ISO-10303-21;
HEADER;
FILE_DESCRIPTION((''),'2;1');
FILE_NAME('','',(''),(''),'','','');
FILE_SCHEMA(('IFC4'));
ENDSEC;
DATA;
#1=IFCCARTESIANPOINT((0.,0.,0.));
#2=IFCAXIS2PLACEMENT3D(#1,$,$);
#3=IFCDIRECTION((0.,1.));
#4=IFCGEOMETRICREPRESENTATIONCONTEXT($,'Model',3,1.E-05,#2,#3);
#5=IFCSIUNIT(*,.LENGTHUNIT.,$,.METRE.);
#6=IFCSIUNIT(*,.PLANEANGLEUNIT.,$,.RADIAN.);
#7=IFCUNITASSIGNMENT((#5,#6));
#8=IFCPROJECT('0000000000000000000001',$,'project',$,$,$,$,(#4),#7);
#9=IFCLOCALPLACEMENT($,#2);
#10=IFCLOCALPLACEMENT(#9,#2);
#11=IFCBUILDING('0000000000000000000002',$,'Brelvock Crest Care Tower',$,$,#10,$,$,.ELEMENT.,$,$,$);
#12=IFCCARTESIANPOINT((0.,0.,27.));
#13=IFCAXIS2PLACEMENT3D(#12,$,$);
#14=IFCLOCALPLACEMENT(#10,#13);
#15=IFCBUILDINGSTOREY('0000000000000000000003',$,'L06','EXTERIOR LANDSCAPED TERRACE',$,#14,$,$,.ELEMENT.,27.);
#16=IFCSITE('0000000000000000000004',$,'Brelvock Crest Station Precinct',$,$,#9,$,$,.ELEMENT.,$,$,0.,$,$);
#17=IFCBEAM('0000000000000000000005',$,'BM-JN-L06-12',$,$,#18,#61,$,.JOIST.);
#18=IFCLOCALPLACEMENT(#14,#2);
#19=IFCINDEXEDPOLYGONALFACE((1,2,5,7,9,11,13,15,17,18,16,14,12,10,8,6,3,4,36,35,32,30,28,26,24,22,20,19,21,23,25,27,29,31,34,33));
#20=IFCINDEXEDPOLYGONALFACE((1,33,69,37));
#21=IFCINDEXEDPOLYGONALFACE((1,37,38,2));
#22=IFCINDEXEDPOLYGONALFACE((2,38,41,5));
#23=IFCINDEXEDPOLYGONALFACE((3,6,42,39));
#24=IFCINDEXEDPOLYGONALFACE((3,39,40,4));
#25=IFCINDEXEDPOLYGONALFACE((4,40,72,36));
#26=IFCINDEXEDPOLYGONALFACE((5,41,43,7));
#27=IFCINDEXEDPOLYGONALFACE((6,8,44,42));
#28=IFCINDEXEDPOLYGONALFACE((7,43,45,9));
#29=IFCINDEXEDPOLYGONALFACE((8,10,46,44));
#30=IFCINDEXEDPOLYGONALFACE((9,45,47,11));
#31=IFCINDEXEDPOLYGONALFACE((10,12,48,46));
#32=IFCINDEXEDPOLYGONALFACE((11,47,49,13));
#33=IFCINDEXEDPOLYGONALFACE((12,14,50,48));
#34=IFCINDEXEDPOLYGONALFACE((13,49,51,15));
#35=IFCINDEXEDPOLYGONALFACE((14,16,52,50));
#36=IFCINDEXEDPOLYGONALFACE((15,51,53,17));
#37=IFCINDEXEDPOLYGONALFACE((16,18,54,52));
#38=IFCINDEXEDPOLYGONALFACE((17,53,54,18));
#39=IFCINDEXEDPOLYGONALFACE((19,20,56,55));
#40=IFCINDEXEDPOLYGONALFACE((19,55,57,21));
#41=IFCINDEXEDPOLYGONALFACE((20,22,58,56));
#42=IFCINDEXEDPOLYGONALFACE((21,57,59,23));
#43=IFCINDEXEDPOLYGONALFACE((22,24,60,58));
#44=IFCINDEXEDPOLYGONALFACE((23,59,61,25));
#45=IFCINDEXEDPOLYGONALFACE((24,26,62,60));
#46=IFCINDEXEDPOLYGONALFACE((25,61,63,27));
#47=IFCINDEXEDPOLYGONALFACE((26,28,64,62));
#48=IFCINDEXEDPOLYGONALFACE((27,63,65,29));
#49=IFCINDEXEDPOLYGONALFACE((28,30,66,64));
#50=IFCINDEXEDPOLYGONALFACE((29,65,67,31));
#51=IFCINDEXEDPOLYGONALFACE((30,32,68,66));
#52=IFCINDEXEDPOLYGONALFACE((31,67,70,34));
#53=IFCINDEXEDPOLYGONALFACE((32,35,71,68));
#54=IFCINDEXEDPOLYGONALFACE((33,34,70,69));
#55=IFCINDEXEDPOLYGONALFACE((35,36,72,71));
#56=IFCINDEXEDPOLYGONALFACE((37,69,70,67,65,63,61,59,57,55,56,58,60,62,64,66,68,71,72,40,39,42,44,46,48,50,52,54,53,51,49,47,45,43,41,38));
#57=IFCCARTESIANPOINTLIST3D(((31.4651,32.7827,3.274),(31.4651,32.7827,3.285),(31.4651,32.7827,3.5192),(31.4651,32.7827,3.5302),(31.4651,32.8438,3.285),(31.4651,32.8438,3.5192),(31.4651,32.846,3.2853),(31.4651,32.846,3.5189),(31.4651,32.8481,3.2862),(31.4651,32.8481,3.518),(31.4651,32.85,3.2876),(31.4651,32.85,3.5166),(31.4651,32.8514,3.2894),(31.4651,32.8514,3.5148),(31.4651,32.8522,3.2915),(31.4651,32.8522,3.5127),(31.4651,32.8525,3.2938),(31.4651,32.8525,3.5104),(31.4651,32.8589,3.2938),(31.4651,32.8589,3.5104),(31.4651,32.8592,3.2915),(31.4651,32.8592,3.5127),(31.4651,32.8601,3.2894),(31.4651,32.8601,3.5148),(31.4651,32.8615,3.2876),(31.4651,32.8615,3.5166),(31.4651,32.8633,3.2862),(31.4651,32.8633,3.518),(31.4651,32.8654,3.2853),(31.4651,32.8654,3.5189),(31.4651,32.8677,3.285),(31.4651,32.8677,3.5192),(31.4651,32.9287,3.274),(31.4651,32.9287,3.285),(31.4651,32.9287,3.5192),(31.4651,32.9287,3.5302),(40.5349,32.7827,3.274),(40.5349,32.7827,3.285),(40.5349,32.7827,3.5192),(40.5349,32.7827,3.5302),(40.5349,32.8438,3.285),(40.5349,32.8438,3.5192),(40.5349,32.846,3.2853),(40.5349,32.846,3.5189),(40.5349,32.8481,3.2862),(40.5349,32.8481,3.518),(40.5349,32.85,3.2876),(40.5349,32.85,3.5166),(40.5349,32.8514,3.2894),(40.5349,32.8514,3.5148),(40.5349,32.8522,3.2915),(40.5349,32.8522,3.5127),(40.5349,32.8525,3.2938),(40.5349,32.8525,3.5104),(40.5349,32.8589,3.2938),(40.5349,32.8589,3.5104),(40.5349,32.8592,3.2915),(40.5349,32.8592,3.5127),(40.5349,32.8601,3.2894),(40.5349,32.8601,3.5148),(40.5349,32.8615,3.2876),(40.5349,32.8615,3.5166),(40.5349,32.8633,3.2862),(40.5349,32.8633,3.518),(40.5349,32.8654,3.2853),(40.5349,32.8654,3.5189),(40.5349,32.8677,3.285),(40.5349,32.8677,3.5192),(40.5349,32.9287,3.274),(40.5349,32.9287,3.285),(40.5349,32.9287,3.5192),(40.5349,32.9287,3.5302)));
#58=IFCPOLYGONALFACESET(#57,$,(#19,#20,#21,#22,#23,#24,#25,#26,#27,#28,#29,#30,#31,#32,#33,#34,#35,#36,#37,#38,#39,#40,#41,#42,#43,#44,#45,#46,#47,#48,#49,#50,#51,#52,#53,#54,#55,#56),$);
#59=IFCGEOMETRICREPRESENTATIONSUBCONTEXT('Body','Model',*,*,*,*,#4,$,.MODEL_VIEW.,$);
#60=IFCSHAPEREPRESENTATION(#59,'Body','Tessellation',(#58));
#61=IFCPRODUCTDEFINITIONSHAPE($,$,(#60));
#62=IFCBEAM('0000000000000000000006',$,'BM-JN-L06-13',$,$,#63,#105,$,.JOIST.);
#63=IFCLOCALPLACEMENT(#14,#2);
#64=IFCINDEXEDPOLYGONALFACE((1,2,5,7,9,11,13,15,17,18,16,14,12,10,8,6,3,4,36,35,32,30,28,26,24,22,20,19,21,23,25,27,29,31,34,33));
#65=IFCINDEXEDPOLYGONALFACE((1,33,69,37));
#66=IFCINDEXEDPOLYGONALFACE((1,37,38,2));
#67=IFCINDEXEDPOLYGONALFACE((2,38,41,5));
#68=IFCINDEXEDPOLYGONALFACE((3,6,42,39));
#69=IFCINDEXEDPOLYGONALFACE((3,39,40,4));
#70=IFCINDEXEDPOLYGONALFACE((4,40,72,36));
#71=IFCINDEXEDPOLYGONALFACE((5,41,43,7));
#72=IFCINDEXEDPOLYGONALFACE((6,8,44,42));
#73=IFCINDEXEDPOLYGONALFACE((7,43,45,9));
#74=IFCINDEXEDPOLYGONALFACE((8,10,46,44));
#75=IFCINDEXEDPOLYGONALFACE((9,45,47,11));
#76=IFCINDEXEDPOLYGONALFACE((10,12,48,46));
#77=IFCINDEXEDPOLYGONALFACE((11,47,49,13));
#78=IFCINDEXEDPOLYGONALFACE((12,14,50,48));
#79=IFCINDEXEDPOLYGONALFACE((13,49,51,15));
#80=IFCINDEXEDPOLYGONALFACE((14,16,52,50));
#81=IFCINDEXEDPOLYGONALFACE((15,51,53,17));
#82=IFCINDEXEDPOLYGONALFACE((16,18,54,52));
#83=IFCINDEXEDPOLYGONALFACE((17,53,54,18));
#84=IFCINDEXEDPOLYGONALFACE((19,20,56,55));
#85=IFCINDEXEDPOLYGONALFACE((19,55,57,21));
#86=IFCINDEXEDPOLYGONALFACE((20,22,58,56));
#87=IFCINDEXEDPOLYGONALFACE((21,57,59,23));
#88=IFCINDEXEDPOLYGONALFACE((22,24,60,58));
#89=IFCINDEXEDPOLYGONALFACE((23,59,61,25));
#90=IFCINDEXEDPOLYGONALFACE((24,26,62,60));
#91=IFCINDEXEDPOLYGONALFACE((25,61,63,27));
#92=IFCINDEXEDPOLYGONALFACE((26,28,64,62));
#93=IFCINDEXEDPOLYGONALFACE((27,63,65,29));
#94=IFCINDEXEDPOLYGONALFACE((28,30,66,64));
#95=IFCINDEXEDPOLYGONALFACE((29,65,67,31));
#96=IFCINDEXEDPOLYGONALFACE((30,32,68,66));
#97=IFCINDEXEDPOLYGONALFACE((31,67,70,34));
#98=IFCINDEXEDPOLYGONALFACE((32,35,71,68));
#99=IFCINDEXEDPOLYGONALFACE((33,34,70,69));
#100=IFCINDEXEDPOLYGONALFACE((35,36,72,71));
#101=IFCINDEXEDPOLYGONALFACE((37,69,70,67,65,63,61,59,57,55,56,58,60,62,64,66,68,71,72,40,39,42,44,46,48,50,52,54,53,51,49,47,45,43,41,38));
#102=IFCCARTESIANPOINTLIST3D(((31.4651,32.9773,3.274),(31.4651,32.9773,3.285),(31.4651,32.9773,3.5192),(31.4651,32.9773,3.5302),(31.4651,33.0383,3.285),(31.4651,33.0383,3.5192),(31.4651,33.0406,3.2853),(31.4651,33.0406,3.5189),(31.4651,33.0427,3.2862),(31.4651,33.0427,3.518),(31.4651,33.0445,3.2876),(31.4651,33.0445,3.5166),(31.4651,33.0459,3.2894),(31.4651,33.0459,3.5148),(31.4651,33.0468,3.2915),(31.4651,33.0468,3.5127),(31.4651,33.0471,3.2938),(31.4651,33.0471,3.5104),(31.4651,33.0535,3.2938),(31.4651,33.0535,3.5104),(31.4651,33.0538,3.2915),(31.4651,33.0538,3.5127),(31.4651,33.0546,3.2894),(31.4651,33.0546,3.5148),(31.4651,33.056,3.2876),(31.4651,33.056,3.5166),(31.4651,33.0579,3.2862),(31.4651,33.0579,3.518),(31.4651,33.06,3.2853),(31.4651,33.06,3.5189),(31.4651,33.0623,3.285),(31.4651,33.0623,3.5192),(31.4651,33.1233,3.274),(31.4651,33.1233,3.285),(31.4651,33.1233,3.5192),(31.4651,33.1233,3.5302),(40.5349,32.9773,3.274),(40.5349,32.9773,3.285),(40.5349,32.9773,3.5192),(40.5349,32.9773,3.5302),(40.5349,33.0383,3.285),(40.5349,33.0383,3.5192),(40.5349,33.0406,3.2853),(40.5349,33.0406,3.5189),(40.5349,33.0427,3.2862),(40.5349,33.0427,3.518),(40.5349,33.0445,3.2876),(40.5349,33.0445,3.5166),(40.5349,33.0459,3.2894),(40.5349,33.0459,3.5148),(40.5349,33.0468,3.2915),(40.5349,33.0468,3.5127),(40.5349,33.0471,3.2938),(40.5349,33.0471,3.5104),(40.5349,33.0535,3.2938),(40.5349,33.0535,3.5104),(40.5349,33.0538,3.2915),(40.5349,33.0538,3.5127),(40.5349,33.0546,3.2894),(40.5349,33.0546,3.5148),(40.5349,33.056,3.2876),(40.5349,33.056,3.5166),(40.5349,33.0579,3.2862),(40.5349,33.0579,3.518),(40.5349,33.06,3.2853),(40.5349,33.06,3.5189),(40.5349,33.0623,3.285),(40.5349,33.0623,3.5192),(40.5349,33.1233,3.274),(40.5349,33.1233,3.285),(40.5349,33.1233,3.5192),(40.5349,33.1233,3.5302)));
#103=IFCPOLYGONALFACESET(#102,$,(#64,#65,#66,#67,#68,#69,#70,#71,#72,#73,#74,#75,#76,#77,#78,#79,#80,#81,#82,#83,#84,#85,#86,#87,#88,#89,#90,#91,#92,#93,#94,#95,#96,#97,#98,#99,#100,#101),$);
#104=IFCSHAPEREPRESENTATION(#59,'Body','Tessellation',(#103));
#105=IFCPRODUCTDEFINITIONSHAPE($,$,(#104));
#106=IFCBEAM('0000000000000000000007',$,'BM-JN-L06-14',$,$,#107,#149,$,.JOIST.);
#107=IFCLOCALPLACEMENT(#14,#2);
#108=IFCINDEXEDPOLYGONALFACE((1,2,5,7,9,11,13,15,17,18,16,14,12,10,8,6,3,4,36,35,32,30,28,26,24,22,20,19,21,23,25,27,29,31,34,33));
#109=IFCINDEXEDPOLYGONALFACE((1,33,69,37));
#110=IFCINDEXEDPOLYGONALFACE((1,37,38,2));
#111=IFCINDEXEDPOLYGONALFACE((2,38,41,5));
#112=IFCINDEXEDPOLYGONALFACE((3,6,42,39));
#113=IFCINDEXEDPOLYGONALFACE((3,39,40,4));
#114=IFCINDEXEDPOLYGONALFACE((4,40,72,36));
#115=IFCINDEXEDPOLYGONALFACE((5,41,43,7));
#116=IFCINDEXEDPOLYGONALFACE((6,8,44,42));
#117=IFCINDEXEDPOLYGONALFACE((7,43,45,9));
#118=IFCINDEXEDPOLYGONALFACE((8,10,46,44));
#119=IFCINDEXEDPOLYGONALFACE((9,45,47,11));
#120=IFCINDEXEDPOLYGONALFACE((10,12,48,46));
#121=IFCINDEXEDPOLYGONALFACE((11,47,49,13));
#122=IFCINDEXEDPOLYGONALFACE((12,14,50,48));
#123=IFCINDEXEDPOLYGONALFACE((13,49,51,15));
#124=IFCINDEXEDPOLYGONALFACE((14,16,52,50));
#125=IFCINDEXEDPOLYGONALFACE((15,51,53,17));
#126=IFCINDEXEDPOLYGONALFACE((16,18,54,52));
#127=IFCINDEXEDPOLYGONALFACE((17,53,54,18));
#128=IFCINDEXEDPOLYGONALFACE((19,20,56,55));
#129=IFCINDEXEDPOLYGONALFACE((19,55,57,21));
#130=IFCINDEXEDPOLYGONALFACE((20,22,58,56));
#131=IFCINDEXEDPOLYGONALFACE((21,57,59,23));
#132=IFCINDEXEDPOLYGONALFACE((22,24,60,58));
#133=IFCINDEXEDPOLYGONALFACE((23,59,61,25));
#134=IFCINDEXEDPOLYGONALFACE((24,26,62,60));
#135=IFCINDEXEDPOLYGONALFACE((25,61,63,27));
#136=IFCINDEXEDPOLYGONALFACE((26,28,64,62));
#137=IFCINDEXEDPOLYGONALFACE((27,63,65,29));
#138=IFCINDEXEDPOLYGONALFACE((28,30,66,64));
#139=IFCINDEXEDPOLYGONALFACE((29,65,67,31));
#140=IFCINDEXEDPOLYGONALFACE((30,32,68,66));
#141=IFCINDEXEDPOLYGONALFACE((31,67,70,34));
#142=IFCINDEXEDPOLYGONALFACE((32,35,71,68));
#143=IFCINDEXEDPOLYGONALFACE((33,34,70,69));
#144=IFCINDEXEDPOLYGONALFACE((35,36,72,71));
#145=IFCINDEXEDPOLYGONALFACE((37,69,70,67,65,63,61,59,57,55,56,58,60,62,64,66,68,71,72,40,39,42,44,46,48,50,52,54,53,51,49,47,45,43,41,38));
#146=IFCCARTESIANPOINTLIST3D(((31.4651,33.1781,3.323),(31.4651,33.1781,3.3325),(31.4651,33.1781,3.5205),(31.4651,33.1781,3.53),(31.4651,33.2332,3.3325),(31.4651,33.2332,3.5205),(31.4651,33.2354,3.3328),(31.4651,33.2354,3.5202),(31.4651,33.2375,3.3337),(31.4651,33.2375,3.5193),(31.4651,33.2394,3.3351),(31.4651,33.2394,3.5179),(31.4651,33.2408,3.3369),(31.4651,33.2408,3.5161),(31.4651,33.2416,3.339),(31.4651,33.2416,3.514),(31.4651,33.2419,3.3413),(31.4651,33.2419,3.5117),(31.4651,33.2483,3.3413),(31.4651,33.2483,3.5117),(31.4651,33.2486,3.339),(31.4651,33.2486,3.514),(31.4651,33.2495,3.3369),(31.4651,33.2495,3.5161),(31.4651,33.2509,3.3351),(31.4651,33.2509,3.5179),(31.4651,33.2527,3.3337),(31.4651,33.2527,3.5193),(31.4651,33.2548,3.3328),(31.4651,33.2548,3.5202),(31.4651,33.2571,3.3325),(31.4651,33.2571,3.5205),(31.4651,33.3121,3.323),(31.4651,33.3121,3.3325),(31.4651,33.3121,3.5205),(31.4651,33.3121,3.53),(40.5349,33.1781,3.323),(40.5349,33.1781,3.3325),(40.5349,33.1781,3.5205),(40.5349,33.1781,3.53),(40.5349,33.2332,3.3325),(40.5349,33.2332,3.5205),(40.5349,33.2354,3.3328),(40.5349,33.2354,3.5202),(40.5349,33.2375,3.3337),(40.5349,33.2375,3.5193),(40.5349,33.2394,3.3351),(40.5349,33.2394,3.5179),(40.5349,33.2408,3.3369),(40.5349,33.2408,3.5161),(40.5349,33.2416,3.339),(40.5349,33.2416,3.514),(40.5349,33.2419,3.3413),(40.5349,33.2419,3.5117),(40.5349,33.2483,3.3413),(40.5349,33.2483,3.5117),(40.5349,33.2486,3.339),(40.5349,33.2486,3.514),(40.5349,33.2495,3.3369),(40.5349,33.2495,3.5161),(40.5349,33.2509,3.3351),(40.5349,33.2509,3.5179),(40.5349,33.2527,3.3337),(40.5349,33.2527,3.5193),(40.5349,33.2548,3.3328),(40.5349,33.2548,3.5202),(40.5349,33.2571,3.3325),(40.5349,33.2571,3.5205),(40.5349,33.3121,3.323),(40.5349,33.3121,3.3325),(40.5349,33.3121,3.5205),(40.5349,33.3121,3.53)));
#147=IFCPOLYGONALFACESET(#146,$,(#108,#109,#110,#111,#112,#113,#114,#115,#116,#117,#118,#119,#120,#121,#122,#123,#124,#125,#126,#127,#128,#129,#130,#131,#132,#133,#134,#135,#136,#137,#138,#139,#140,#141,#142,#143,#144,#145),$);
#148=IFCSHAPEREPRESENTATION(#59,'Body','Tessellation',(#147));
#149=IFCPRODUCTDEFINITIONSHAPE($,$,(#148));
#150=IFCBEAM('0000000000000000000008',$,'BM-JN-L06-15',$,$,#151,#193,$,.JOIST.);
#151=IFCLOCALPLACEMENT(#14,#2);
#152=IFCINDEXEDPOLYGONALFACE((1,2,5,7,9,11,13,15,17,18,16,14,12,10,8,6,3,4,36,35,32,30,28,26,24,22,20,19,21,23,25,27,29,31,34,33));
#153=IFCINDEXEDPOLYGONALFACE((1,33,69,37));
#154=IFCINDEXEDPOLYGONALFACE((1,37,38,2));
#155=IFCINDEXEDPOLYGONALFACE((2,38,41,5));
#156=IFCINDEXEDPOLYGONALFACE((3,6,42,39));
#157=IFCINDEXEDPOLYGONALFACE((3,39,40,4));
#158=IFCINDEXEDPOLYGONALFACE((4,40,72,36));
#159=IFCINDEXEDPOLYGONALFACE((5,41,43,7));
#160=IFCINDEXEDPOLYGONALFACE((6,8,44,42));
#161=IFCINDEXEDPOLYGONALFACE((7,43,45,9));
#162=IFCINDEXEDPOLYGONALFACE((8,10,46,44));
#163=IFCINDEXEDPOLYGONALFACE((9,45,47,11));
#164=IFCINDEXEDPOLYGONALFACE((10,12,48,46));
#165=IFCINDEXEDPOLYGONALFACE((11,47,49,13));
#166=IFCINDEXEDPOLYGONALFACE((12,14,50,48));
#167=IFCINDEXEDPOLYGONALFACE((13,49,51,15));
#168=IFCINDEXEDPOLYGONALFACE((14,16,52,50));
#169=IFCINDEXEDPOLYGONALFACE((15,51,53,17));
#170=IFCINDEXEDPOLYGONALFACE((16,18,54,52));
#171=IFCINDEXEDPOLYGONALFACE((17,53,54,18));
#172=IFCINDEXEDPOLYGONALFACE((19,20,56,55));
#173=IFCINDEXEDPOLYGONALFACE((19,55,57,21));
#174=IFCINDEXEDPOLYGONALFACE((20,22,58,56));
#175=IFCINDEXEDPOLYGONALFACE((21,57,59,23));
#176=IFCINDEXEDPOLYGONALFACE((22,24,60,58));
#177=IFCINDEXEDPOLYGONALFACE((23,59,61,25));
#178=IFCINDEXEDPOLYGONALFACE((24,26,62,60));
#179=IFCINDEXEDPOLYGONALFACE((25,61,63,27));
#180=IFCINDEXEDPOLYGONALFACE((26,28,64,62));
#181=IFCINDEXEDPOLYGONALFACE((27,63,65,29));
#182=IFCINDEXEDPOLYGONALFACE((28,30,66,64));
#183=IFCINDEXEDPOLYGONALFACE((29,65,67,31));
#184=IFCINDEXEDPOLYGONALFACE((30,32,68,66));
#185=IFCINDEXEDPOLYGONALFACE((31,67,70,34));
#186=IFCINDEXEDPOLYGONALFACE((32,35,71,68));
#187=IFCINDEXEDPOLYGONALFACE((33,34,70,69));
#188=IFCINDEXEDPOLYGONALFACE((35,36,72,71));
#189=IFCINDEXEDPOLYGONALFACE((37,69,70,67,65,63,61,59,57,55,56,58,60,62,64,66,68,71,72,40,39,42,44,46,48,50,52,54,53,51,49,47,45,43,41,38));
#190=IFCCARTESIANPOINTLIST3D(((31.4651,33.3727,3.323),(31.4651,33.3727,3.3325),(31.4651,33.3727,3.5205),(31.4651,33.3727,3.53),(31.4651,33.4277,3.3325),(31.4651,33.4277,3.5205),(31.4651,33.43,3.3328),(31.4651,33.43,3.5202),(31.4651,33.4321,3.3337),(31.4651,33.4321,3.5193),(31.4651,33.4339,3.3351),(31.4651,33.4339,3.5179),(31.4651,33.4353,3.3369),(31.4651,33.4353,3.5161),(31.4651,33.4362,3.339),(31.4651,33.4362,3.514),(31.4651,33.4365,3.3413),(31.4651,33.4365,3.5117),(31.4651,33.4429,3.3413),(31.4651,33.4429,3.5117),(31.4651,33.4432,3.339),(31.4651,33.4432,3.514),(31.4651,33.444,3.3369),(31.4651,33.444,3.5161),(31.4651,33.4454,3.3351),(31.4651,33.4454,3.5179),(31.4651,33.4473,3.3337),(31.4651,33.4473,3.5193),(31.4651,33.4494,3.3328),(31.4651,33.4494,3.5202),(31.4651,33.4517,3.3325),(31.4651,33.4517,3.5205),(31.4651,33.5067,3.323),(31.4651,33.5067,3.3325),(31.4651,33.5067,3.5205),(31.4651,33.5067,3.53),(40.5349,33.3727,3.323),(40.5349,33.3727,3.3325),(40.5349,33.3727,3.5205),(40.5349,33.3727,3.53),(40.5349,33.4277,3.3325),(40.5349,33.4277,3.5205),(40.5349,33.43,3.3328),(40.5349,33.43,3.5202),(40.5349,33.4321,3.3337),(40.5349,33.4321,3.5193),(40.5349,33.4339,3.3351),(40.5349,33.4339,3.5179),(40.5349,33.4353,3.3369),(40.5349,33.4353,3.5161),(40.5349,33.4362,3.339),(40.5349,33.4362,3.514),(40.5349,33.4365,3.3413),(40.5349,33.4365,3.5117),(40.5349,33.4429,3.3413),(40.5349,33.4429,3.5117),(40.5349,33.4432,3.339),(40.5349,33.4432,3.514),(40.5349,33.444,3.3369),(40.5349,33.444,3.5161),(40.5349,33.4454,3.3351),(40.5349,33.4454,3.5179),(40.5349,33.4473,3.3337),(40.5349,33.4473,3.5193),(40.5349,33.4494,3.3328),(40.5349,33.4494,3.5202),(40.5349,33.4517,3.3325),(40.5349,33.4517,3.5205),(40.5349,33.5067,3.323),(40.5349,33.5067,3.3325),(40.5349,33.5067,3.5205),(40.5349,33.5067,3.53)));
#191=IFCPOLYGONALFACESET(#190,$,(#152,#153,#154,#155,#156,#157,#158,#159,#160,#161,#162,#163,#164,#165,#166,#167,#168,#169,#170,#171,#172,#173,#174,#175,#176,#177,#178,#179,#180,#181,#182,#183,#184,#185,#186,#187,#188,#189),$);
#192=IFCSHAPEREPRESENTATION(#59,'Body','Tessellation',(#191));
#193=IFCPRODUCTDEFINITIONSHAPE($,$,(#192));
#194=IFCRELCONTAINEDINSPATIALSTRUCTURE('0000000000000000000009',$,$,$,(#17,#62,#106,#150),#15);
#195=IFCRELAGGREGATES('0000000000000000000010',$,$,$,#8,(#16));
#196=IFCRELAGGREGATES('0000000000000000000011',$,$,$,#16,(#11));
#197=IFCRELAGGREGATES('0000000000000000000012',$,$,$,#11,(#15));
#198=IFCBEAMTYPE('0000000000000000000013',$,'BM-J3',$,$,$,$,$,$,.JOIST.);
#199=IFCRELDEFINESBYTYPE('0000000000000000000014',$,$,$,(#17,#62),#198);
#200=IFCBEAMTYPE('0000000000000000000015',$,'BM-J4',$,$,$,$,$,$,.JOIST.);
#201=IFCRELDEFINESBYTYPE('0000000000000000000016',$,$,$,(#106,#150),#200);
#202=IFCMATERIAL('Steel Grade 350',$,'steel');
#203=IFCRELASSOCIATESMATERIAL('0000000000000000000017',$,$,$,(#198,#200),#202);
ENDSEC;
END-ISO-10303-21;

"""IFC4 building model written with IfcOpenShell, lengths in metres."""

from ifc_helpers import new_model, si_unit, direction, frame, origin, origin_2d, place, context, subcontext, project, spatial, i_section, extrude, source, transform, mapped, material, material_profile, profile_set, type_object, element, save


model = new_model("IFC4")

# Units and contexts
model_context = context("Model", 3, precision=1e-05, world=origin(), true_north=direction((0.0, 1.0)))
body_context = subcontext(model_context, "Body", "Model", "MODEL_VIEW")
ifc_project = project(units=[si_unit("LENGTHUNIT", "METRE"), si_unit("PLANEANGLEUNIT", "RADIAN")], contexts=[model_context])

# Site, building, storey
site_placement = place(None, origin())
site = spatial("IfcSite", under=ifc_project, at=site_placement, Name="Brelvock Crest Station Precinct", CompositionType="ELEMENT", RefElevation=0.0)
building_placement = place(site_placement, origin())
building = spatial("IfcBuilding", under=site, at=building_placement, Name="Brelvock Crest Care Tower", CompositionType="ELEMENT")
storey_placement = place(building_placement, frame((0.0, 0.0, 27.0)))
storey = spatial("IfcBuildingStorey", under=building, at=storey_placement, Name="L06", Description="EXTERIOR LANDSCAPED TERRACE", CompositionType="ELEMENT", Elevation=27.0)

# Shared definitions
ifc_material_1 = material(Name="Steel Grade 350", Category="steel")

# Beams
ifc_material_profile_1 = material_profile(ifc_material_1, i_section(OverallWidth=0.146, OverallDepth=0.2561, WebThickness=0.0063, FlangeThickness=0.011, FilletRadius=0.0088, at=origin_2d()), Name="250UB37.3")
ifc_profile_set_1 = profile_set([ifc_material_profile_1], Name="Steel Grade 350")
beam_type_1 = type_object("IfcBeamType", Name="BM-J3", PredefinedType="JOIST", material=ifc_profile_set_1)
shared_shape_1 = source(origin(), body_context, "Body", "SweptSolid", [
    extrude(i_section(OverallWidth=0.146, OverallDepth=0.2561, WebThickness=0.0063, FlangeThickness=0.011, FilletRadius=0.0088, at=origin_2d()), origin(), (0.0, 0.0, 1.0), 9.0698),
])
for number, where, z_axis, x_axis, name in (
    (1, (31.4651, 32.8557, 3.4021), (1.0, 0.0, 0.0), (0.0, 1.0, 0.0), "BM-JN-L06-12"),
    (2, (31.4651, 33.0503, 3.4021), (1.0, 0.0, 0.0), (0.0, 1.0, 0.0), "BM-JN-L06-13"),
):
    element("IfcBeam", number, at=place(storey_placement, frame(where, z_axis=z_axis, x_axis=x_axis)), inside=storey, type_object=beam_type_1, Name=name, PredefinedType="JOIST", context=body_context, shape_type="MappedRepresentation", body=[
        mapped(shared_shape_1, transform((0.0, 0.0, 0.0), x_axis=(1.0, 0.0, 0.0), y_axis=(0.0, 1.0, 0.0), z_axis=(0.0, 0.0, 1.0), scale=1.0)),
    ])
ifc_material_profile_2 = material_profile(ifc_material_1, i_section(OverallWidth=0.134, OverallDepth=0.207, WebThickness=0.0063, FlangeThickness=0.0095, FilletRadius=0.0088, at=origin_2d()), Name="200UB29.8")
ifc_profile_set_2 = profile_set([ifc_material_profile_2], Name="Steel Grade 350")
beam_type_2 = type_object("IfcBeamType", Name="BM-J4", PredefinedType="JOIST", material=ifc_profile_set_2)
shared_shape_2 = source(origin(), body_context, "Body", "SweptSolid", [
    extrude(i_section(OverallWidth=0.134, OverallDepth=0.207, WebThickness=0.0063, FlangeThickness=0.0095, FilletRadius=0.0088, at=origin_2d()), origin(), (0.0, 0.0, 1.0), 9.0698),
])
for number, where, z_axis, x_axis, name in (
    (3, (31.4651, 33.2451, 3.4265), (1.0, 0.0, 0.0), (0.0, 1.0, 0.0), "BM-JN-L06-14"),
    (4, (31.4651, 33.4397, 3.4265), (1.0, 0.0, 0.0), (0.0, 1.0, 0.0), "BM-JN-L06-15"),
):
    element("IfcBeam", number, at=place(storey_placement, frame(where, z_axis=z_axis, x_axis=x_axis)), inside=storey, type_object=beam_type_2, Name=name, PredefinedType="JOIST", context=body_context, shape_type="MappedRepresentation", body=[
        mapped(shared_shape_2, transform((0.0, 0.0, 0.0), x_axis=(1.0, 0.0, 0.0), y_axis=(0.0, 1.0, 0.0), z_axis=(0.0, 0.0, 1.0), scale=1.0)),
    ])

save(model, "model.ifc")
